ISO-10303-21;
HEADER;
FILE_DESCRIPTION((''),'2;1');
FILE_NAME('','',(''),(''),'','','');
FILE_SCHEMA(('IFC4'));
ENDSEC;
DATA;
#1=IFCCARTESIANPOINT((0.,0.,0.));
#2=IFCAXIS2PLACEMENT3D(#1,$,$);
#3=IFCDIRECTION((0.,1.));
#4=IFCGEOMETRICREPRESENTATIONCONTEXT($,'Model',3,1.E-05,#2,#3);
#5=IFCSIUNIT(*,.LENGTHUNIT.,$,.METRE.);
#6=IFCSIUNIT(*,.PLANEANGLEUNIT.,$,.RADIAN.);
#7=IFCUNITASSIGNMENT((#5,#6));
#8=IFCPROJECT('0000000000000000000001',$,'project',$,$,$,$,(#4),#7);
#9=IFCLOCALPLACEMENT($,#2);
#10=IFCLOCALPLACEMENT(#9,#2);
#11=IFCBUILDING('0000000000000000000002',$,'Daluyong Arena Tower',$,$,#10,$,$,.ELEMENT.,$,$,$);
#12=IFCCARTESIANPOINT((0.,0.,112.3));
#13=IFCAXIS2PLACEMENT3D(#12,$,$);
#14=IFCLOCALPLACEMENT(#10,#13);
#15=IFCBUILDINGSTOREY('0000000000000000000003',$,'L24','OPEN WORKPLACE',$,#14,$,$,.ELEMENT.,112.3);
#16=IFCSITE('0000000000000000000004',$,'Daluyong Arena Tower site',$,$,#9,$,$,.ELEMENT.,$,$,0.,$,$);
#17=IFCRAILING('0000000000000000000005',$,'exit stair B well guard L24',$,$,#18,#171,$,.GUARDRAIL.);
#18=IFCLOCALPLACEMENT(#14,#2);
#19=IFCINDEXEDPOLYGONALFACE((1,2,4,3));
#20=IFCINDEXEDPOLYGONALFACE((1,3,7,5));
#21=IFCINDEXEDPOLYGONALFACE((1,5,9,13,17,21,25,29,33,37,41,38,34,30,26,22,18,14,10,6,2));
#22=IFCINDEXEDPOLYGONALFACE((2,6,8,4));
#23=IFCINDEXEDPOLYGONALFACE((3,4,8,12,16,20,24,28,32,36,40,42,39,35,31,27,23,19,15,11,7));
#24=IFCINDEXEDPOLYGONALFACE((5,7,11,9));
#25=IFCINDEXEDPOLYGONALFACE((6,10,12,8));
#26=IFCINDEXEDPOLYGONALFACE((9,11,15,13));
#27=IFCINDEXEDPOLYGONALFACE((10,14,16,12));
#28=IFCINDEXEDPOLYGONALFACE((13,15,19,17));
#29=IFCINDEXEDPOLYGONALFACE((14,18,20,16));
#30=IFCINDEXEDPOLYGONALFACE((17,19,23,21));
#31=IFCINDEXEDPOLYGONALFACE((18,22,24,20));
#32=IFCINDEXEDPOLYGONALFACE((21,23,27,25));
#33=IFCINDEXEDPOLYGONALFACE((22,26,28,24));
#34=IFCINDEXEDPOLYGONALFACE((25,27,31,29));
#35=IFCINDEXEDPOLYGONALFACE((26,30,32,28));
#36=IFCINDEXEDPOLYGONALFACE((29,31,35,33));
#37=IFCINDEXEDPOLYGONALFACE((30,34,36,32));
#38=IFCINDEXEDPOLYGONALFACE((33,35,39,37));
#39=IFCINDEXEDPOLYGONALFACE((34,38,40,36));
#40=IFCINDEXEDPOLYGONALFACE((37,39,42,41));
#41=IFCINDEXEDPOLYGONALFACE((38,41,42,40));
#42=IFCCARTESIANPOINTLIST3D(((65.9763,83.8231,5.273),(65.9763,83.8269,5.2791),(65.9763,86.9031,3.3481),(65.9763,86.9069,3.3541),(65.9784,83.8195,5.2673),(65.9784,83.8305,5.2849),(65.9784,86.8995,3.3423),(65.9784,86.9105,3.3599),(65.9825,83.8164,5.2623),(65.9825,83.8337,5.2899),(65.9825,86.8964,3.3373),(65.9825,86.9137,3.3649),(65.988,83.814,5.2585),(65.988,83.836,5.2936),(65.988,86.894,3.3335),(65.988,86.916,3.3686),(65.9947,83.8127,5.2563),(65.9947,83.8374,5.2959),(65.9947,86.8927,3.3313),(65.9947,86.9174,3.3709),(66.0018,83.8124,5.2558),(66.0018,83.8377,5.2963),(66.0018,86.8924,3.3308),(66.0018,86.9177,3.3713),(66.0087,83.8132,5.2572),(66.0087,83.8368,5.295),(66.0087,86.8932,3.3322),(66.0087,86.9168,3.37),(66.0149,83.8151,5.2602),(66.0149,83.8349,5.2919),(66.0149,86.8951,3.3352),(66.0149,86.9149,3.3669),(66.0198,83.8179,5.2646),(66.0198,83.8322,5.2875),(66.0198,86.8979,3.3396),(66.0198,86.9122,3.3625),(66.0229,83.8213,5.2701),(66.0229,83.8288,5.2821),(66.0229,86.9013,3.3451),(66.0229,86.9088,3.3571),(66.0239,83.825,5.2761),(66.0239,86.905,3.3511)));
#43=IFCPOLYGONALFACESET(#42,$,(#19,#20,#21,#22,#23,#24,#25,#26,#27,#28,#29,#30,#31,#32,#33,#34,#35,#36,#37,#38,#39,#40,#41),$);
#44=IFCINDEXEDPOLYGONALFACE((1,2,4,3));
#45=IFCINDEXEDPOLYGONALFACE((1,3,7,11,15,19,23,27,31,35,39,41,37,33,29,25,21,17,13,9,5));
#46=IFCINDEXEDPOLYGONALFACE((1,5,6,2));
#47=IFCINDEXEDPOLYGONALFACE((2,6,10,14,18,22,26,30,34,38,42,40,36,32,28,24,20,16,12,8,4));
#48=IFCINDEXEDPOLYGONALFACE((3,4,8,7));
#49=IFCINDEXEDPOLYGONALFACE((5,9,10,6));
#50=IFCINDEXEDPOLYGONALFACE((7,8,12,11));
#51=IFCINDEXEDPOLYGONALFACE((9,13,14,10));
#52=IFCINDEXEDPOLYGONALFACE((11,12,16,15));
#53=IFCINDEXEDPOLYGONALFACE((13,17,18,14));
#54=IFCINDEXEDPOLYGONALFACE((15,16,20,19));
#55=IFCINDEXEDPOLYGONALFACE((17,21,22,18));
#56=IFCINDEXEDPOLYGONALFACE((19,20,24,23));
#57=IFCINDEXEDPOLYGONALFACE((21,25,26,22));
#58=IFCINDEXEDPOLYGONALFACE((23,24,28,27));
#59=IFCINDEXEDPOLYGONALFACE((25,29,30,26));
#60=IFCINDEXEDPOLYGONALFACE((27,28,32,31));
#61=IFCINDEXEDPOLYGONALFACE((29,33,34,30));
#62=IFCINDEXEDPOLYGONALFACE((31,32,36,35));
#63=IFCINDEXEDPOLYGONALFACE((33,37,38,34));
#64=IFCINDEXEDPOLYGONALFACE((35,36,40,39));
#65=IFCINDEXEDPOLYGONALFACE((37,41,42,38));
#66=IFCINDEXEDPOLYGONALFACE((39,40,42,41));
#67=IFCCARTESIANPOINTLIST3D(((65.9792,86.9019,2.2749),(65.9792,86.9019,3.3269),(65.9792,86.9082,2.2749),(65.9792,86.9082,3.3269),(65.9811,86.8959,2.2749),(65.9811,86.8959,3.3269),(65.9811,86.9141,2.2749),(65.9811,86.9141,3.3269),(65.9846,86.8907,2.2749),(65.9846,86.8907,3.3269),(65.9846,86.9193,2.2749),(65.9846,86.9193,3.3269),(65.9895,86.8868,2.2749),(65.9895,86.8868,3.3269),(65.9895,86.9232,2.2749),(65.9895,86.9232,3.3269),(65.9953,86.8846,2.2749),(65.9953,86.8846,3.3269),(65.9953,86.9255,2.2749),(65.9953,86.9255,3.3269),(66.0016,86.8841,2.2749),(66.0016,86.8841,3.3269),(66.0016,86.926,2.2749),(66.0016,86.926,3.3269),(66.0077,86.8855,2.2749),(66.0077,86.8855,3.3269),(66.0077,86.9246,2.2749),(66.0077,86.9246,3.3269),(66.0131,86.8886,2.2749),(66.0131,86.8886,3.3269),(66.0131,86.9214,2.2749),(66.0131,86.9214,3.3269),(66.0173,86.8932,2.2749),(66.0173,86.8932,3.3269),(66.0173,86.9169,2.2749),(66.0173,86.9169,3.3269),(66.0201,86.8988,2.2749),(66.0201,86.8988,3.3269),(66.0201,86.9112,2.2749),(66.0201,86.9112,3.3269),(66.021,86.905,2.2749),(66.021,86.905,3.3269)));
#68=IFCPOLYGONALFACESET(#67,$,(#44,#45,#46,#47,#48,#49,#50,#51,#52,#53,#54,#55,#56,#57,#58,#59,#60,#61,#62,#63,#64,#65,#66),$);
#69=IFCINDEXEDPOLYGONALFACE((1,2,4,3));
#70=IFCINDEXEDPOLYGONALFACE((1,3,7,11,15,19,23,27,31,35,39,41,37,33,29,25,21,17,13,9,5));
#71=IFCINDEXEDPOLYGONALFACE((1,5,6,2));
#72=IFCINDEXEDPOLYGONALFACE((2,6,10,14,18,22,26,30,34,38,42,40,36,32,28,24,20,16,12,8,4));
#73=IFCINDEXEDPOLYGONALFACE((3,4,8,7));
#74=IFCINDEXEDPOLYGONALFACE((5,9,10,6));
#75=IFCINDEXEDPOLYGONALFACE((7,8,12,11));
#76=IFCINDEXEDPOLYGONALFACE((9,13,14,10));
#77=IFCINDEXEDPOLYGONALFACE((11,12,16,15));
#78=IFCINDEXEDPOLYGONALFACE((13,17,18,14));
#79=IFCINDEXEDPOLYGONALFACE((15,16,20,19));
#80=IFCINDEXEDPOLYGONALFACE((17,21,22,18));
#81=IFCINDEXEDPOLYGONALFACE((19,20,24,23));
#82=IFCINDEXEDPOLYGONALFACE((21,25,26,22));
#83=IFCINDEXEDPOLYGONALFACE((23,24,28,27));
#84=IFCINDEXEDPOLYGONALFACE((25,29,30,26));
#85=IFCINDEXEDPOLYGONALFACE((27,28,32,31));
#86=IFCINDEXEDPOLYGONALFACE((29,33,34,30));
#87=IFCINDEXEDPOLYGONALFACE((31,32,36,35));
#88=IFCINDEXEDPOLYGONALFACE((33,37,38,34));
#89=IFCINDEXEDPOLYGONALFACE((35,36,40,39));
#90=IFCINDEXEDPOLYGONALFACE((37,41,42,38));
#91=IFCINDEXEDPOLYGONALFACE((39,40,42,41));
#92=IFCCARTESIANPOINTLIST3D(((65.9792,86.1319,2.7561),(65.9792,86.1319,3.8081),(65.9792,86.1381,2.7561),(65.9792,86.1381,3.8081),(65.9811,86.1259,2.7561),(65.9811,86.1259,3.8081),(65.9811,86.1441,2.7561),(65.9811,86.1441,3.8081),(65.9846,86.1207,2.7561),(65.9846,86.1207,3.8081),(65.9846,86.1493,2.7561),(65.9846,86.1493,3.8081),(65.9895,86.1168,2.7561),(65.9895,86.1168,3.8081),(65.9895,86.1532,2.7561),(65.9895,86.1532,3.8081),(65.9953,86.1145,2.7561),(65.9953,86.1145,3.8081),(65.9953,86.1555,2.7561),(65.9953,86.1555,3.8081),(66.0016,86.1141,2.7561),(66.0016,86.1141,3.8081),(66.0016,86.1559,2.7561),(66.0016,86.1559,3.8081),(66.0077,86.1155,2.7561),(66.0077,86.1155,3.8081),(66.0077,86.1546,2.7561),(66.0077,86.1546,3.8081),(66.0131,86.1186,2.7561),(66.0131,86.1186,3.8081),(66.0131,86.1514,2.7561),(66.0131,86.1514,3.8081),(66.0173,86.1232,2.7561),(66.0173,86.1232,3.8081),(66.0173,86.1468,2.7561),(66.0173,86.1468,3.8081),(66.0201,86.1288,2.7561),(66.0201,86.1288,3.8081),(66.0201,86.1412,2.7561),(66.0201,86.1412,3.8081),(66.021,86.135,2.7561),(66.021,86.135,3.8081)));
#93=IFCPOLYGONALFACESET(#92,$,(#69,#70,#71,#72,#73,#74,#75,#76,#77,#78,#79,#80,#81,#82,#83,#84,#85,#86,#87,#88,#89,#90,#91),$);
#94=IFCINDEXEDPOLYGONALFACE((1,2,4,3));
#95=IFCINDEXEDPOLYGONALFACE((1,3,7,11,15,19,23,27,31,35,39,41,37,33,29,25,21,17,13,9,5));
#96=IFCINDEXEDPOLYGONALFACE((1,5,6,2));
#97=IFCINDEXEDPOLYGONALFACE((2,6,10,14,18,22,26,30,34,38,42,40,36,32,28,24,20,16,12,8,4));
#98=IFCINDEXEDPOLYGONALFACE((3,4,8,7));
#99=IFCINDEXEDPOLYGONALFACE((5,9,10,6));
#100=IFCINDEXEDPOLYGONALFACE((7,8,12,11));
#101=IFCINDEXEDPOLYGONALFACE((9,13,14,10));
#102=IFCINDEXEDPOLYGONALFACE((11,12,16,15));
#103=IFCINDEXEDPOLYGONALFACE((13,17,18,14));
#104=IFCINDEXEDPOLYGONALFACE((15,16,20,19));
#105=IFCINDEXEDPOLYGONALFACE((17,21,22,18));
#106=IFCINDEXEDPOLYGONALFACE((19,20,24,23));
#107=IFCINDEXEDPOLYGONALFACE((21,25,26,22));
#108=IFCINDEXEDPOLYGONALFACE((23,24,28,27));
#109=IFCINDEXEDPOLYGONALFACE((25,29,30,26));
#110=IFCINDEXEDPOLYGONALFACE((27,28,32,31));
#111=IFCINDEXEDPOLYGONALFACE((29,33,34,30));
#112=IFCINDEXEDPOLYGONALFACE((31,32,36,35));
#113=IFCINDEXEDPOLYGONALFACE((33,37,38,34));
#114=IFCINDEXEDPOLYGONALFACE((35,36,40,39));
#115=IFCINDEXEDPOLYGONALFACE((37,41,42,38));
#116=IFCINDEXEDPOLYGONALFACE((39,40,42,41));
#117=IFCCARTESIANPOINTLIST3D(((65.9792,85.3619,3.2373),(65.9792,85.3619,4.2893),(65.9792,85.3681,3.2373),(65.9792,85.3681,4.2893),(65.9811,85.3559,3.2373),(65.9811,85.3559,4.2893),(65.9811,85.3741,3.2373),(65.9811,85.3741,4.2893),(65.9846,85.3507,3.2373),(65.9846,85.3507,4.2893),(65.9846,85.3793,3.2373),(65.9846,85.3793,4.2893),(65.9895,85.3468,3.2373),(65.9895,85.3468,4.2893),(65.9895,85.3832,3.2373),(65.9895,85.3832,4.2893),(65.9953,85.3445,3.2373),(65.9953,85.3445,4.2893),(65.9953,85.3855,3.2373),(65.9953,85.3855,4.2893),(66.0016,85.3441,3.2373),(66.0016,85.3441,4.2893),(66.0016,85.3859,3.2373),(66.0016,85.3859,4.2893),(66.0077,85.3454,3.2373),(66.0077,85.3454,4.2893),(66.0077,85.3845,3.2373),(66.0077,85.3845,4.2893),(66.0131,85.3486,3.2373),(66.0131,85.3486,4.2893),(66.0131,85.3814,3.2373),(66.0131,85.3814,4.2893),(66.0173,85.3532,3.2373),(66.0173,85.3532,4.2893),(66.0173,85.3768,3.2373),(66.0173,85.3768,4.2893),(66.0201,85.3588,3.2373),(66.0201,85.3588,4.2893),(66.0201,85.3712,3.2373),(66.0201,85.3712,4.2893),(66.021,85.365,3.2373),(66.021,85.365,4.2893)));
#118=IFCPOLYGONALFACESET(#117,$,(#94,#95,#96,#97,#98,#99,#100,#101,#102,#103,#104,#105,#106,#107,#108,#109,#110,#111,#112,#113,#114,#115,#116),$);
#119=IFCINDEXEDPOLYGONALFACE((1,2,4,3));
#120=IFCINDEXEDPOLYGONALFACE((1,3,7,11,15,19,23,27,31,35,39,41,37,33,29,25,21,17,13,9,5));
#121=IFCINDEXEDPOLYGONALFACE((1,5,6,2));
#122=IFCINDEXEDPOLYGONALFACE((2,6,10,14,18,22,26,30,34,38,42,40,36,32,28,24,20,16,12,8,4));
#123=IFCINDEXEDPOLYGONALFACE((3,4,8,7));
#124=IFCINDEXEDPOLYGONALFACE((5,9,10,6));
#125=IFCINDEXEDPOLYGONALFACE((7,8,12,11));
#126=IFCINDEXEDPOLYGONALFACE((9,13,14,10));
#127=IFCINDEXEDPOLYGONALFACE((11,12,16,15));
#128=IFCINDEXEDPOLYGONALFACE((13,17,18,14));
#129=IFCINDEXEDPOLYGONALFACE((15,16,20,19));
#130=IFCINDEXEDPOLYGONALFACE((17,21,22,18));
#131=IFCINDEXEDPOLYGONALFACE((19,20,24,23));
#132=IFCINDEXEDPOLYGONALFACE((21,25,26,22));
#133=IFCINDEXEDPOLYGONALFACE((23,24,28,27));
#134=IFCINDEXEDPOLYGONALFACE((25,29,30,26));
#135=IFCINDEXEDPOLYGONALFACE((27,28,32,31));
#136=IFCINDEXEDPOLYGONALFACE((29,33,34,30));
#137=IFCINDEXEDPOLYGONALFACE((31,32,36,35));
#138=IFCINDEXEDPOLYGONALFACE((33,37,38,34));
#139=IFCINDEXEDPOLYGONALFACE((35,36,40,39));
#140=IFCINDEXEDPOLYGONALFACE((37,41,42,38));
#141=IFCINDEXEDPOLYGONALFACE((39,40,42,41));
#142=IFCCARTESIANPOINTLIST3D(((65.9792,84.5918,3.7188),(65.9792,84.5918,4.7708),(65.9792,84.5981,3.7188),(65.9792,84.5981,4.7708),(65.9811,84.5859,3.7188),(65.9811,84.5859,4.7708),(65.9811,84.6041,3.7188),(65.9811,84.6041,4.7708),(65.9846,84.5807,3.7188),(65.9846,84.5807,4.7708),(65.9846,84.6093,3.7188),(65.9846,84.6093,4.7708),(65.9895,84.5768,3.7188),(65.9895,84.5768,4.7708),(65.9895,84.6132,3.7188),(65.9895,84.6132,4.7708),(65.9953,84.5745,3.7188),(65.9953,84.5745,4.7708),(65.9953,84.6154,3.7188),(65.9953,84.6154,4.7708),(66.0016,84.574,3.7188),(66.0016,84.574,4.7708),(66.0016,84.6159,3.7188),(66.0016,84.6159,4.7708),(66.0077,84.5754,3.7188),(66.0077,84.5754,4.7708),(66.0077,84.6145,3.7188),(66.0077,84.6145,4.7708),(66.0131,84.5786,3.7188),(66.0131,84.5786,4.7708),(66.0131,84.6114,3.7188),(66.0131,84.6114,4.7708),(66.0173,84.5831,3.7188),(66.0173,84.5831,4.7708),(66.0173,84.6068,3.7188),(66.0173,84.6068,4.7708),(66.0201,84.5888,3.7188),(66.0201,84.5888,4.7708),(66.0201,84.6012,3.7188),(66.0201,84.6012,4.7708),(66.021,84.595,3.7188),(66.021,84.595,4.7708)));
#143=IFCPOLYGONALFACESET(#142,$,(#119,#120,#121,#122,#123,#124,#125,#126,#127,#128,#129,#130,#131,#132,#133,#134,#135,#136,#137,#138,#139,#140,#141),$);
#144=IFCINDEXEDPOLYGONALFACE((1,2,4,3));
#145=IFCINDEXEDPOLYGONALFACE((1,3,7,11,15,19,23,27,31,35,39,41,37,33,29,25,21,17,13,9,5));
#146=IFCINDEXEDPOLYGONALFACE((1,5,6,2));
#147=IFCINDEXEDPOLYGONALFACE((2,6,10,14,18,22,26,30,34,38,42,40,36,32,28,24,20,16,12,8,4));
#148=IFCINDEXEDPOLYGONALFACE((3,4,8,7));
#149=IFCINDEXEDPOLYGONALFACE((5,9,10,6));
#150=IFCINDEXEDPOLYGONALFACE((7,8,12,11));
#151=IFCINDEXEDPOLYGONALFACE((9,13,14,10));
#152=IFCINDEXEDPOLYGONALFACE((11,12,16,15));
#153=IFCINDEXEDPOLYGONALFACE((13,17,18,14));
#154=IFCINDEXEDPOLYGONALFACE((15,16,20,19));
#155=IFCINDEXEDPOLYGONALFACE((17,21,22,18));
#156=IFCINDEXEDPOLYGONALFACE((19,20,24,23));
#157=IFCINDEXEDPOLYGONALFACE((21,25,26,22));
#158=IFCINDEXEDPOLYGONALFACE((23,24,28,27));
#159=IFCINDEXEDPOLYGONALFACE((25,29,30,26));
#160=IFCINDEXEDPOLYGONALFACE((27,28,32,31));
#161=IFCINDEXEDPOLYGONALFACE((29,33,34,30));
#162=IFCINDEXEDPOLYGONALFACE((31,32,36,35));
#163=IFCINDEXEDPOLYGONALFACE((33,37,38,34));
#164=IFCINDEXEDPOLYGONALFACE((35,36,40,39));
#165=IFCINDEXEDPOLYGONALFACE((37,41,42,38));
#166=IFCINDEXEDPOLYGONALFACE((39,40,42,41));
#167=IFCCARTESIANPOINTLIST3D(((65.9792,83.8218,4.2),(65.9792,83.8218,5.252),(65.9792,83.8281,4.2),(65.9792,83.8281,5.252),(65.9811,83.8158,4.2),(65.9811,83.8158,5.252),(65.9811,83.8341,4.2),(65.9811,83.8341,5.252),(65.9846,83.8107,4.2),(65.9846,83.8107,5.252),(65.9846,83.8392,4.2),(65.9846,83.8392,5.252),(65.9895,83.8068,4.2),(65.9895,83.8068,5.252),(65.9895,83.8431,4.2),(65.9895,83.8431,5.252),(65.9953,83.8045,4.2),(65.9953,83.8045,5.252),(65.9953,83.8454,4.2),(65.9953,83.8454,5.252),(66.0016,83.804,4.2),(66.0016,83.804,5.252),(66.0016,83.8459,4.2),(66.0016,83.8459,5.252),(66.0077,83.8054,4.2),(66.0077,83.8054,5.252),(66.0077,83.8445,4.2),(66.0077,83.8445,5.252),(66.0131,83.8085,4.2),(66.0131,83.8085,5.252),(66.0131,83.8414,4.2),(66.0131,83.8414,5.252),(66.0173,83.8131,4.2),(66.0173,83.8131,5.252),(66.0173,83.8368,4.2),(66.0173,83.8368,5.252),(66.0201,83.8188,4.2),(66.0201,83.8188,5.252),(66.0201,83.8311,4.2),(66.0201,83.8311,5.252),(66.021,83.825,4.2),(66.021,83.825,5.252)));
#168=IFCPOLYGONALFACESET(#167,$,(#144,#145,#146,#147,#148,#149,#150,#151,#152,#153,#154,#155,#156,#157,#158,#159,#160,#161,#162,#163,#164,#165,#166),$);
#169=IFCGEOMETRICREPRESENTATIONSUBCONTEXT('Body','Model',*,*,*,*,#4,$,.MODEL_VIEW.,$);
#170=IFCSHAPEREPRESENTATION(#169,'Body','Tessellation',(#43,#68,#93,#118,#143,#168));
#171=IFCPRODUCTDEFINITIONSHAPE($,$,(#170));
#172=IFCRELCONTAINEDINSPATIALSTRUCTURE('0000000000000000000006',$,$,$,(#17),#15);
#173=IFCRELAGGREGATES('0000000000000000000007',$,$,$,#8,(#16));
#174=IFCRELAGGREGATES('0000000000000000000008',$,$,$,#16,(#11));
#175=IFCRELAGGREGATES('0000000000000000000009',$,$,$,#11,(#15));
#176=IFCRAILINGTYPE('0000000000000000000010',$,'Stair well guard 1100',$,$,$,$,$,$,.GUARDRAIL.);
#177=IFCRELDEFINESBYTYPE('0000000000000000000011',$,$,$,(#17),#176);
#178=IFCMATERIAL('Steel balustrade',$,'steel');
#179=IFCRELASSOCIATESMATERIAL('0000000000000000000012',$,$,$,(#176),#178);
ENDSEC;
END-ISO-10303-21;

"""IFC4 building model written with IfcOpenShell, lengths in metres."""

from ifc_helpers import new_model, si_unit, direction, frame, origin, origin_2d, place, context, subcontext, project, spatial, circle, extrude, material, type_object, element, save


model = new_model("IFC4")

# Units and contexts
model_context = context("Model", 3, precision=1e-05, world=origin(), true_north=direction((0.0, 1.0)))
body_context = subcontext(model_context, "Body", "Model", "MODEL_VIEW")
ifc_project = project(units=[si_unit("LENGTHUNIT", "METRE"), si_unit("PLANEANGLEUNIT", "RADIAN")], contexts=[model_context])

# Site, building, storey
site_placement = place(None, origin())
site = spatial("IfcSite", under=ifc_project, at=site_placement, Name="Daluyong Arena Tower site", CompositionType="ELEMENT", RefElevation=0.0)
building_placement = place(site_placement, origin())
building = spatial("IfcBuilding", under=site, at=building_placement, Name="Daluyong Arena Tower", CompositionType="ELEMENT")
storey_placement = place(building_placement, frame((0.0, 0.0, 112.3)))
storey = spatial("IfcBuildingStorey", under=building, at=storey_placement, Name="L24", Description="OPEN WORKPLACE", CompositionType="ELEMENT", Elevation=112.3)

# Railing
ifc_material_1 = material(Name="Steel balustrade", Category="steel")
railing_type_1 = type_object("IfcRailingType", Name="Stair well guard 1100", PredefinedType="GUARDRAIL", material=ifc_material_1)
railing_1_placement = place(storey_placement, frame((66.0, 86.905, 2.2749)))
element("IfcRailing", 1, at=railing_1_placement, inside=storey, type_object=railing_type_1, Name="exit stair B well guard L24", PredefinedType="GUARDRAIL", context=body_context, shape_type="SweptSolid", body=[
    extrude(circle(Radius=0.0239, at=origin_2d()), frame((0.0, 0.0, 1.0762), z_axis=(0.0, -0.847998, 0.529999), x_axis=(1.0, 0.0, 0.0)), (0.0, 0.0, 1.0), 3.6321),
    extrude(circle(Radius=0.021, at=origin_2d()), origin(), (0.0, 0.0, 1.0), 1.052),
    extrude(circle(Radius=0.021, at=origin_2d()), frame((0.0, -0.77, 0.4812)), (0.0, 0.0, 1.0), 1.052),
    extrude(circle(Radius=0.021, at=origin_2d()), frame((0.0, -1.54, 0.9624)), (0.0, 0.0, 1.0), 1.052),
    extrude(circle(Radius=0.021, at=origin_2d()), frame((0.0, -2.3101, 1.4438)), (0.0, 0.0, 1.0), 1.052),
    extrude(circle(Radius=0.021, at=origin_2d()), frame((0.0, -3.0801, 1.925)), (0.0, 0.0, 1.0), 1.052),
])

save(model, "model.ifc")
